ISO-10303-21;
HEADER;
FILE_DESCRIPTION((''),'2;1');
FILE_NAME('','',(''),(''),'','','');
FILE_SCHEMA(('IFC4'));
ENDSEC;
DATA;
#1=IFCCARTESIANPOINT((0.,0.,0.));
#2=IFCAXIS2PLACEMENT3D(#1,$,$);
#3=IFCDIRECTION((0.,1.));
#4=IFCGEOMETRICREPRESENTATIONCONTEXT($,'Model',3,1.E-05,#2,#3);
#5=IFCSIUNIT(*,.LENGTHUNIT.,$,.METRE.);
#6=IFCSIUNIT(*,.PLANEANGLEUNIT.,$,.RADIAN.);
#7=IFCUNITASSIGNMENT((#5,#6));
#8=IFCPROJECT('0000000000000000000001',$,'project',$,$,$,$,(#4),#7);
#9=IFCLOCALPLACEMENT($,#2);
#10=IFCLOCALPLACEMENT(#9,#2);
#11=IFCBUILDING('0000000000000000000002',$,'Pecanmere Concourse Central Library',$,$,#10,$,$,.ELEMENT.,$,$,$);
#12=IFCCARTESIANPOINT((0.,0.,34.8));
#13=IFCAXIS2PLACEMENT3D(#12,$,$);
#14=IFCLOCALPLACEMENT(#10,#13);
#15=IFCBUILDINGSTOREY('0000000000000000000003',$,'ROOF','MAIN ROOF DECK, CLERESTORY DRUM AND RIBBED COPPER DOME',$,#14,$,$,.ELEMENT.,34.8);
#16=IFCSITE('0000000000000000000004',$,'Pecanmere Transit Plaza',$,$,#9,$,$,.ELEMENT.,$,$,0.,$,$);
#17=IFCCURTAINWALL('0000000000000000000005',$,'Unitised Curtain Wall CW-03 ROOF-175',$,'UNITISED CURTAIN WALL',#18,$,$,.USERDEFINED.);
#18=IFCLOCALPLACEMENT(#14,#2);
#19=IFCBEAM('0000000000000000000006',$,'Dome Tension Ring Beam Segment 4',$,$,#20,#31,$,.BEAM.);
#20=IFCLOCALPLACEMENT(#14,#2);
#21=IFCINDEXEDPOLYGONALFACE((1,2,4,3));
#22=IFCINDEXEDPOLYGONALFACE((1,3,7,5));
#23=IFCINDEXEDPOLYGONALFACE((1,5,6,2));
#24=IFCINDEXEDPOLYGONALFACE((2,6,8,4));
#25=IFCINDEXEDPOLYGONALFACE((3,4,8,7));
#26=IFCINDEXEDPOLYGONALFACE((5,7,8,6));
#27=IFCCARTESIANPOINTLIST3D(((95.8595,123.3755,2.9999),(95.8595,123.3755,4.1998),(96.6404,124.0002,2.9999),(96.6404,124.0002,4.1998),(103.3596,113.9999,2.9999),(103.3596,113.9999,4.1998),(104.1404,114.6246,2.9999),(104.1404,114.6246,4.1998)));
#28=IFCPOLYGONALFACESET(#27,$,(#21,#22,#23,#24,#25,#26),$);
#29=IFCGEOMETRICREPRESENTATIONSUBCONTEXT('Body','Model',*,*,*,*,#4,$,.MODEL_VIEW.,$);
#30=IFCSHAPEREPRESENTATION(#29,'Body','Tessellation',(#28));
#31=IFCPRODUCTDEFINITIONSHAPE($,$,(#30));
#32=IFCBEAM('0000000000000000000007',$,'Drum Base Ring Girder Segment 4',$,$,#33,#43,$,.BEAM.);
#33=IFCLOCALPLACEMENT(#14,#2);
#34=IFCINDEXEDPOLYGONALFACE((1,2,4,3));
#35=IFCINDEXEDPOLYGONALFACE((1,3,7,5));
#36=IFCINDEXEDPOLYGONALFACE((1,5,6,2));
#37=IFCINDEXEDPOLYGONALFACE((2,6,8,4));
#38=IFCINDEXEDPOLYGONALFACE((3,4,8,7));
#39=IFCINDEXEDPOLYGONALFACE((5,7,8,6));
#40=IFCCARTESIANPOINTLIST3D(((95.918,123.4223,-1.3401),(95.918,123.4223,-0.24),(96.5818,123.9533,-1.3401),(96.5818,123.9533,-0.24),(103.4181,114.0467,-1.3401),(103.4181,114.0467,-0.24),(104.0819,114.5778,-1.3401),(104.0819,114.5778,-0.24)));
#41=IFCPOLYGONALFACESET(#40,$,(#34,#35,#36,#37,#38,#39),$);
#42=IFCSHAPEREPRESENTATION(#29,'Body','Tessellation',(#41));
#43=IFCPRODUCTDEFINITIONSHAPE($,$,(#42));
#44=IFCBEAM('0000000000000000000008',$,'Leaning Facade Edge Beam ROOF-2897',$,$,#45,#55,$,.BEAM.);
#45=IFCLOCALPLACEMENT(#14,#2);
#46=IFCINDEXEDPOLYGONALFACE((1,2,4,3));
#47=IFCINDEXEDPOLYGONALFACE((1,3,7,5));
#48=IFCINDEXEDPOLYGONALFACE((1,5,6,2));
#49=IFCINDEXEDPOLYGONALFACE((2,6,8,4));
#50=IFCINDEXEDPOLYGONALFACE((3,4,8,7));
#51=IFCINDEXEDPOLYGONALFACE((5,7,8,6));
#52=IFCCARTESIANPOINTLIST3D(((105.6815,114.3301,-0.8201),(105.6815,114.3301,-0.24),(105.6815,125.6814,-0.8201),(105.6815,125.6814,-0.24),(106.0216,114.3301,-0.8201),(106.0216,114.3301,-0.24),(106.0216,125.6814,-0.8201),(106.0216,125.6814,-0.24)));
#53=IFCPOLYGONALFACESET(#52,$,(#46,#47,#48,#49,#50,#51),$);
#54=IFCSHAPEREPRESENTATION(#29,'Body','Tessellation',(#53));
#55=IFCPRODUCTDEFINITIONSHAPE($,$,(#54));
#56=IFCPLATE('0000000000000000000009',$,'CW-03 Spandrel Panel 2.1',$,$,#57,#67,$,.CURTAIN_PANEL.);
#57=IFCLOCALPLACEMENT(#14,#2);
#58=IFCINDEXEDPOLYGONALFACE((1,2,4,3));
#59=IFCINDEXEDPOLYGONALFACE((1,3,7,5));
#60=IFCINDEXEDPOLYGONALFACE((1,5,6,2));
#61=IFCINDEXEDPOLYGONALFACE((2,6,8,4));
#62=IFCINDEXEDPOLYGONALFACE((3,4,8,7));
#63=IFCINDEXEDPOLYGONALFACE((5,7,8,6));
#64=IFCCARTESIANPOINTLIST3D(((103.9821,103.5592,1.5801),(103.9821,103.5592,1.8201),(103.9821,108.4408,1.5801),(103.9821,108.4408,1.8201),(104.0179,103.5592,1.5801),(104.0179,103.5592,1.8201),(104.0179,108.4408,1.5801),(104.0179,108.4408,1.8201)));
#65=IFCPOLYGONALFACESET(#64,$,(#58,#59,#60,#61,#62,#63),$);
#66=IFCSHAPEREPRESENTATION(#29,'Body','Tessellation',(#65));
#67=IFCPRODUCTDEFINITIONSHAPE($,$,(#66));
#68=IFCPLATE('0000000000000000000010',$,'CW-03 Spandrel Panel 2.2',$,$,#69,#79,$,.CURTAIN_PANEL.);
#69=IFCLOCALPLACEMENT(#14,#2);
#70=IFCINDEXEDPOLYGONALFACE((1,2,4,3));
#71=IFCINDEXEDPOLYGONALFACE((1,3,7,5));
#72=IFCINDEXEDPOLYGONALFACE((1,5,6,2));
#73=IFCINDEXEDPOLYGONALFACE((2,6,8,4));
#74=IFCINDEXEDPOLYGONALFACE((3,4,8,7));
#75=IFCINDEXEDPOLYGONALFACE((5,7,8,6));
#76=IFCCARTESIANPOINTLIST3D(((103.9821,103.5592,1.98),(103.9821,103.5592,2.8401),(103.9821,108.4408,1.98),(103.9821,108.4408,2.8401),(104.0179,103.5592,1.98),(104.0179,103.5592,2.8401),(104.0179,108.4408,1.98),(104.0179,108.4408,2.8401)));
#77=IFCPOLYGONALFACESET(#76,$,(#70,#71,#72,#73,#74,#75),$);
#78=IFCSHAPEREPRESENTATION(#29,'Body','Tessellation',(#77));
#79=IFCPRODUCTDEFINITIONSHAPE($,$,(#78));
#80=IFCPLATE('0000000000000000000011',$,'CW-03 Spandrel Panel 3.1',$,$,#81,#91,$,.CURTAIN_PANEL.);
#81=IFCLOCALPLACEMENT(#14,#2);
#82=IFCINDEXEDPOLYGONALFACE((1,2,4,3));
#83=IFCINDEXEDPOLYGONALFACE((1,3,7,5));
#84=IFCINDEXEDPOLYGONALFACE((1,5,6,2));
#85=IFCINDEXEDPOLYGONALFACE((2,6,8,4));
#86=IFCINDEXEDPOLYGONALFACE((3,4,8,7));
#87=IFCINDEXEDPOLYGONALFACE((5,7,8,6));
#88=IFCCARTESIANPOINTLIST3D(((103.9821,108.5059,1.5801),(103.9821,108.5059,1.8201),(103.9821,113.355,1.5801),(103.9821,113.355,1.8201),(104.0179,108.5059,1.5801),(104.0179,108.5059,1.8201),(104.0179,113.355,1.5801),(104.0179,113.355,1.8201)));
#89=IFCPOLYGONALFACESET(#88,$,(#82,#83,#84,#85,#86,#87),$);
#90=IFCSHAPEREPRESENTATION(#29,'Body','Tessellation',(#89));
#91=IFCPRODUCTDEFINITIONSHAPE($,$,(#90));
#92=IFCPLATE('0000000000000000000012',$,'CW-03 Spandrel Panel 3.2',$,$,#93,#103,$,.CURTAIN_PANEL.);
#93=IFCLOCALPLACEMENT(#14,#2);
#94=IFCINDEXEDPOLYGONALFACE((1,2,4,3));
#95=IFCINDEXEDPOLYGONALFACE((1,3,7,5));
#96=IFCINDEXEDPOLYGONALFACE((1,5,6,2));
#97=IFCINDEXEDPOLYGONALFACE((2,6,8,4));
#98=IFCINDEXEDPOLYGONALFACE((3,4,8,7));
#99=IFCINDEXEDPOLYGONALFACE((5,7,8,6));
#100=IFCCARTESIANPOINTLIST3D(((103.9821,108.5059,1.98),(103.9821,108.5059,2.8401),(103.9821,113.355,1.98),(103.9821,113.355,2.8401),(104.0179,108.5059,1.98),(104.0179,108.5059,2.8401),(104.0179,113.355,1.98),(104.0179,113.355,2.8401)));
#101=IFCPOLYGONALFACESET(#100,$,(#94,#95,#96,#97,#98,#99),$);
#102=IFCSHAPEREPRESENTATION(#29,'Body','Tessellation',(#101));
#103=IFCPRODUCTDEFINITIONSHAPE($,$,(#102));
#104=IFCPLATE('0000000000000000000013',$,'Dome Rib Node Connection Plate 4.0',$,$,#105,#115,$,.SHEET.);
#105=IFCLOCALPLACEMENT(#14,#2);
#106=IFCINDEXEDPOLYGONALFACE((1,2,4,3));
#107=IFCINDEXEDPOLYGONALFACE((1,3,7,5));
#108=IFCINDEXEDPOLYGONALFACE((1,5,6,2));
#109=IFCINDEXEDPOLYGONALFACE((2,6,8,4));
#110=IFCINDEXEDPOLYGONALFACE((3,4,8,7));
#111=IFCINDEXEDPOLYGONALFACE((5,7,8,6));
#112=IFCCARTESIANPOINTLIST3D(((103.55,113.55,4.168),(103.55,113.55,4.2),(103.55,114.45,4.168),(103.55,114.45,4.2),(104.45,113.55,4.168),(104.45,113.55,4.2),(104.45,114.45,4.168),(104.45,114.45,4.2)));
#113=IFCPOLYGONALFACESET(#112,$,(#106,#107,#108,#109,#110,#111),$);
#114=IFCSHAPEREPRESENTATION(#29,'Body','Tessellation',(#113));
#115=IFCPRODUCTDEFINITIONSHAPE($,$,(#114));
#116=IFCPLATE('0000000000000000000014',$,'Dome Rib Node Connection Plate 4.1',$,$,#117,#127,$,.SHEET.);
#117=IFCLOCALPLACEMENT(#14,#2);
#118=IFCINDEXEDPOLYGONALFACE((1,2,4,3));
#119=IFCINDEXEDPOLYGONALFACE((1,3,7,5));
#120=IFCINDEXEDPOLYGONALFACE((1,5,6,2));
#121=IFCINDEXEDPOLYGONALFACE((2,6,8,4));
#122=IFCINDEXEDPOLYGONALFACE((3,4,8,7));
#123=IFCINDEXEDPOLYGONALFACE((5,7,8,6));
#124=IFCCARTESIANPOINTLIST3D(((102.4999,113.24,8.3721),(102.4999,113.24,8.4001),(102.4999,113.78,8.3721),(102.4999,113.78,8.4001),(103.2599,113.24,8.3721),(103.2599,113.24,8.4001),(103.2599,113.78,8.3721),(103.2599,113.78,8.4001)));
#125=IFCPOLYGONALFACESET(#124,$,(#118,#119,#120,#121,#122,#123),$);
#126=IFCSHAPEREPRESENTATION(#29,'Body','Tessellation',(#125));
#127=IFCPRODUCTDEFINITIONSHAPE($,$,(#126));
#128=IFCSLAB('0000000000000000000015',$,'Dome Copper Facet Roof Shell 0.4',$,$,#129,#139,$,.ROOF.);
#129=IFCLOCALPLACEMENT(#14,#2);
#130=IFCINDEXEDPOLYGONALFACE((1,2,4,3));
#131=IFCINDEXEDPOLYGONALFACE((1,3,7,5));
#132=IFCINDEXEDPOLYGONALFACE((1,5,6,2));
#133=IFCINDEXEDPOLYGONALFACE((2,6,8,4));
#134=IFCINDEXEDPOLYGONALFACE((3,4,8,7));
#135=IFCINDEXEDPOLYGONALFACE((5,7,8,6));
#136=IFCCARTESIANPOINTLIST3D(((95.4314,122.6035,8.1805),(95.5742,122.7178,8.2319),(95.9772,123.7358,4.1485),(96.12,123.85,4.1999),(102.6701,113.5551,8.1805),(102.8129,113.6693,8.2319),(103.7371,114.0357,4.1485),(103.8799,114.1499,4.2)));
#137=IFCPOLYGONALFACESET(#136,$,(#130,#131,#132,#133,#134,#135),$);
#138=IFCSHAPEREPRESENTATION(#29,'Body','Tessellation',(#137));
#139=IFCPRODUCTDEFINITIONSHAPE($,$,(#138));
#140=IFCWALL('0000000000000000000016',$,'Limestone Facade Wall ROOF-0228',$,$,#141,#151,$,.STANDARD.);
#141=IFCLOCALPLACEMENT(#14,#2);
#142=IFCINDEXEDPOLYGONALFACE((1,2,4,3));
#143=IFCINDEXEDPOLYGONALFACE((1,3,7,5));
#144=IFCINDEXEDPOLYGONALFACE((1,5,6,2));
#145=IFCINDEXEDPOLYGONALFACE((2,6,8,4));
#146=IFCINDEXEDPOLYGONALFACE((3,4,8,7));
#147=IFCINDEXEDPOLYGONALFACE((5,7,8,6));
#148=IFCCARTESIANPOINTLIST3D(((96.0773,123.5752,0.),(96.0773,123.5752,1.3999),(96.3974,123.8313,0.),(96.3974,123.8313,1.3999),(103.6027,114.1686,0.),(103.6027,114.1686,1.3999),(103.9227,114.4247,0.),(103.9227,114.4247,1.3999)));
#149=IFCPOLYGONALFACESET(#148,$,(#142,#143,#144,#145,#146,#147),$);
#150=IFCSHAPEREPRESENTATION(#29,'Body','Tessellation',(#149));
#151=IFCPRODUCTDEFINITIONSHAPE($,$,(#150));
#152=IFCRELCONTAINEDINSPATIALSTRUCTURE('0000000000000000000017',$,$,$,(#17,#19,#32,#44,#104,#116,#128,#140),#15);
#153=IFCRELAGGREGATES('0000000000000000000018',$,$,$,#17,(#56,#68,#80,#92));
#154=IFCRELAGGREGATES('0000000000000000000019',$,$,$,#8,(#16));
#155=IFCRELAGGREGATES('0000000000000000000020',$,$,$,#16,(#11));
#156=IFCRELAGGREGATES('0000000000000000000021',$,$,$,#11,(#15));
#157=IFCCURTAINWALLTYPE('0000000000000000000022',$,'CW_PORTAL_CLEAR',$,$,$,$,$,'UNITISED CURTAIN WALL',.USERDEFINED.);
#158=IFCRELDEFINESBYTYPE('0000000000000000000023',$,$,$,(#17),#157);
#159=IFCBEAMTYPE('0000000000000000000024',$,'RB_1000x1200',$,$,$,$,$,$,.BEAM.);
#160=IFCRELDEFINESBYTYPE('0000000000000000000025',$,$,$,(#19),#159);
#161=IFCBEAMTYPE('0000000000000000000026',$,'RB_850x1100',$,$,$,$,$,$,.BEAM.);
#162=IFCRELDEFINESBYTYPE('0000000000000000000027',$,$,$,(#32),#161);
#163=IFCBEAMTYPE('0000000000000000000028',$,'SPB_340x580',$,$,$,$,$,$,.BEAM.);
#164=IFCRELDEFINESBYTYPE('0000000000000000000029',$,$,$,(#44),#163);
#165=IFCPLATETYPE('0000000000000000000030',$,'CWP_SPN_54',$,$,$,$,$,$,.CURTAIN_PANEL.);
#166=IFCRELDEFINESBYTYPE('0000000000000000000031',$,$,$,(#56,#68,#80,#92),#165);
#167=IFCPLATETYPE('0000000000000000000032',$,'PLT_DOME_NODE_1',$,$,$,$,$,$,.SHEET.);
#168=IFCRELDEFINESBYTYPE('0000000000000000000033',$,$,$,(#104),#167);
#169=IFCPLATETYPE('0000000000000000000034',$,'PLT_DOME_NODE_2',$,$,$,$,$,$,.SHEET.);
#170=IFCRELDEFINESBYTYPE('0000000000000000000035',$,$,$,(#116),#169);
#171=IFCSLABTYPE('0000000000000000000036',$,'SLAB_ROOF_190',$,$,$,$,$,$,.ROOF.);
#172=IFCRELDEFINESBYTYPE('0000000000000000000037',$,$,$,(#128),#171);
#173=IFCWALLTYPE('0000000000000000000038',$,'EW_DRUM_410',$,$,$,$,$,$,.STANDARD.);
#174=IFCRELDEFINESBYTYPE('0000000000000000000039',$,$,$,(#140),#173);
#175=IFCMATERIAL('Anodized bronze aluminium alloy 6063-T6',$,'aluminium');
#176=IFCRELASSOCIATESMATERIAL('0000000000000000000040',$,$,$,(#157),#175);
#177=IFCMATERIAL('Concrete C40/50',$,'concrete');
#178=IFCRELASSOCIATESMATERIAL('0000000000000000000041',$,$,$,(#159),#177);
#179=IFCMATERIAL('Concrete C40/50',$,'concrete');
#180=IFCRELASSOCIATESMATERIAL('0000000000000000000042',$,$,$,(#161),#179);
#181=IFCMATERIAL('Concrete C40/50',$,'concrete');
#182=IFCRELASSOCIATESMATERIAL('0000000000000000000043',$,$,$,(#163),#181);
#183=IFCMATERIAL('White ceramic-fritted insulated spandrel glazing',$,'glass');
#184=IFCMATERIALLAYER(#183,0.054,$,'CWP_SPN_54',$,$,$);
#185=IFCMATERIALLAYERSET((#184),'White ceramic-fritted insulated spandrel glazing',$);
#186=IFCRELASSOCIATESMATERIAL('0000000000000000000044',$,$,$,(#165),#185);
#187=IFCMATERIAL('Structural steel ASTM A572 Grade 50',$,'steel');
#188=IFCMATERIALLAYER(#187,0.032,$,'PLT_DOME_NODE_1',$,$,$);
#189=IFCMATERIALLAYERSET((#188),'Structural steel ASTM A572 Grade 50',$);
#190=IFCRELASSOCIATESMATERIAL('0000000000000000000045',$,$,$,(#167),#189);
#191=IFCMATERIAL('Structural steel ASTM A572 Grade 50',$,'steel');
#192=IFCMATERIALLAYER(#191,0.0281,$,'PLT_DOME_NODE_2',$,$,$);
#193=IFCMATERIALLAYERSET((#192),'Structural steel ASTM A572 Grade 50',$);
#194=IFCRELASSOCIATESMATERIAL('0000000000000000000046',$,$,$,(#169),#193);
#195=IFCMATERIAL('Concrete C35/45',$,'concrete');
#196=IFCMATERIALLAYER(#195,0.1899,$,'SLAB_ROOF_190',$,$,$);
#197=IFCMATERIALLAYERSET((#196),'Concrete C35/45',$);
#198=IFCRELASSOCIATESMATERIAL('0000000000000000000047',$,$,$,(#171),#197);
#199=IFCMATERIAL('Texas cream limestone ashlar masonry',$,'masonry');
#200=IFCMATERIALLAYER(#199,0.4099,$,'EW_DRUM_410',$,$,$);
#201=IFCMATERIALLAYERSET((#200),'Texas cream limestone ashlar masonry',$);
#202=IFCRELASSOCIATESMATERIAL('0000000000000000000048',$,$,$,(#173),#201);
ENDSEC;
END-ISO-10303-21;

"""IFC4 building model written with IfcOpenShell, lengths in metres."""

from ifc_helpers import new_model, si_unit, direction, frame, frame_2d, origin, origin_2d, place, context, subcontext, project, spatial, polyline, rectangle, outline, extrude, material, layer, layer_set, material_profile, profile_set, type_object, element, aggregate, save


model = new_model("IFC4")

# Units and contexts
model_context = context("Model", 3, precision=1e-05, world=origin(), true_north=direction((0.0, 1.0)))
body_context = subcontext(model_context, "Body", "Model", "MODEL_VIEW")
ifc_project = project(units=[si_unit("LENGTHUNIT", "METRE"), si_unit("PLANEANGLEUNIT", "RADIAN")], contexts=[model_context])

# Site, building, storey
site_placement = place(None, origin())
site = spatial("IfcSite", under=ifc_project, at=site_placement, Name="Pecanmere Transit Plaza", CompositionType="ELEMENT", RefElevation=0.0)
building_placement = place(site_placement, origin())
building = spatial("IfcBuilding", under=site, at=building_placement, Name="Pecanmere Concourse Central Library", CompositionType="ELEMENT")
storey_placement = place(building_placement, frame((0.0, 0.0, 34.8)))
storey = spatial("IfcBuildingStorey", under=building, at=storey_placement, Name="ROOF", Description="MAIN ROOF DECK, CLERESTORY DRUM AND RIBBED COPPER DOME", CompositionType="ELEMENT", Elevation=34.8)

# Curtain wall
ifc_material_1 = material(Name="Anodized bronze aluminium alloy 6063-T6", Category="aluminium")
curtain_wall_type = type_object("IfcCurtainWallType", Name="CW_PORTAL_CLEAR", ElementType="UNITISED CURTAIN WALL", PredefinedType="USERDEFINED", material=ifc_material_1)
curtain_wall_1_placement = place(storey_placement, origin())
curtain_wall_1 = element("IfcCurtainWall", 1, at=curtain_wall_1_placement, inside=storey, type_object=curtain_wall_type, Name="Unitised Curtain Wall CW-03 ROOF-175", ObjectType="UNITISED CURTAIN WALL", PredefinedType="USERDEFINED")

# Beams
ifc_material_2 = material(Name="Concrete C40/50", Category="concrete")
ifc_material_profile_1 = material_profile(ifc_material_2, rectangle(XDim=1.0, YDim=1.2, at=origin_2d()), Name="RC 1000x1200")
ifc_profile_set_1 = profile_set([ifc_material_profile_1], Name="Concrete C40/50")
beam_type_1 = type_object("IfcBeamType", Name="RB_1000x1200", PredefinedType="BEAM", material=ifc_profile_set_1)
beam_1_placement = place(storey_placement, frame((103.75, 114.3123, 3.5999), z_axis=(-0.624675, 0.780885, 0.0), x_axis=(-0.780885, -0.624675, 0.0)))
element("IfcBeam", 2, at=beam_1_placement, inside=storey, type_object=beam_type_1, Name="Dome Tension Ring Beam Segment 4", PredefinedType="BEAM", context=body_context, shape_type="SweptSolid", body=[
    extrude(rectangle(XDim=1.0, YDim=1.2, at=origin_2d()), origin(), (0.0, 0.0, 1.0), 12.0063),
])
ifc_material_3 = material(Name="Concrete C40/50", Category="concrete")
ifc_material_profile_2 = material_profile(ifc_material_3, rectangle(XDim=0.8501, YDim=1.1001, at=origin_2d()), Name="RC 850x1100")
ifc_profile_set_2 = profile_set([ifc_material_profile_2], Name="Concrete C40/50")
beam_type_2 = type_object("IfcBeamType", Name="RB_850x1100", PredefinedType="BEAM", material=ifc_profile_set_2)
beam_2_placement = place(storey_placement, frame((103.75, 114.3123, -0.79), z_axis=(-0.624675, 0.780885, 0.0), x_axis=(-0.780885, -0.624675, 0.0)))
element("IfcBeam", 3, at=beam_2_placement, inside=storey, type_object=beam_type_2, Name="Drum Base Ring Girder Segment 4", PredefinedType="BEAM", context=body_context, shape_type="SweptSolid", body=[
    extrude(rectangle(XDim=0.8501, YDim=1.1001, at=origin_2d()), origin(), (0.0, 0.0, 1.0), 12.0063),
])
ifc_material_4 = material(Name="Concrete C40/50", Category="concrete")
ifc_material_profile_3 = material_profile(ifc_material_4, rectangle(XDim=0.3401, YDim=0.5801, at=origin_2d()), Name="RC 340x580")
ifc_profile_set_3 = profile_set([ifc_material_profile_3], Name="Concrete C40/50")
beam_type_3 = type_object("IfcBeamType", Name="SPB_340x580", PredefinedType="BEAM", material=ifc_profile_set_3)
beam_3_placement = place(storey_placement, frame((105.8516, 114.3301, -0.53), z_axis=(0.0, 1.0, 0.0), x_axis=(-1.0, 0.0, 0.0)))
element("IfcBeam", 4, at=beam_3_placement, inside=storey, type_object=beam_type_3, Name="Leaning Facade Edge Beam ROOF-2897", PredefinedType="BEAM", context=body_context, shape_type="SweptSolid", body=[
    extrude(rectangle(XDim=0.3401, YDim=0.5801, at=origin_2d()), origin(), (0.0, 0.0, 1.0), 11.3513),
])

# Plates
ifc_material_5 = material(Name="White ceramic-fritted insulated spandrel glazing", Category="glass")
ifc_layer_1 = layer(ifc_material_5, 0.054, Name="CWP_SPN_54")
ifc_layer_set_1 = layer_set([ifc_layer_1], Name="White ceramic-fritted insulated spandrel glazing")
plate_type_1 = type_object("IfcPlateType", Name="CWP_SPN_54", PredefinedType="CURTAIN_PANEL", material=ifc_layer_set_1)
plate_1_placement = place(storey_placement, frame((104.0, 106.0, 1.5801), z_axis=(0.0, 0.0, 1.0), x_axis=(0.0, 1.0, 0.0)))
plate_1 = element("IfcPlate", 5, at=plate_1_placement, type_object=plate_type_1, Name="CW-03 Spandrel Panel 2.1", PredefinedType="CURTAIN_PANEL", context=body_context, shape_type="SweptSolid", body=[
    extrude(rectangle(XDim=4.8816, YDim=0.0359, at=origin_2d()), origin(), (0.0, 0.0, 1.0), 0.24),
])
plate_2_placement = place(storey_placement, frame((104.0, 106.0, 1.98), z_axis=(0.0, 0.0, 1.0), x_axis=(0.0, 1.0, 0.0)))
plate_2 = element("IfcPlate", 6, at=plate_2_placement, type_object=plate_type_1, Name="CW-03 Spandrel Panel 2.2", PredefinedType="CURTAIN_PANEL", context=body_context, shape_type="SweptSolid", body=[
    extrude(rectangle(XDim=4.8816, YDim=0.0359, at=origin_2d()), origin(), (0.0, 0.0, 1.0), 0.8601),
])
plate_3_placement = place(storey_placement, frame((104.0, 110.9304, 1.5801), z_axis=(0.0, 0.0, 1.0), x_axis=(0.0, 1.0, 0.0)))
plate_3 = element("IfcPlate", 7, at=plate_3_placement, type_object=plate_type_1, Name="CW-03 Spandrel Panel 3.1", PredefinedType="CURTAIN_PANEL", context=body_context, shape_type="SweptSolid", body=[
    extrude(rectangle(XDim=4.8491, YDim=0.0359, at=origin_2d()), origin(), (0.0, 0.0, 1.0), 0.24),
])
plate_4_placement = place(storey_placement, frame((104.0, 110.9304, 1.98), z_axis=(0.0, 0.0, 1.0), x_axis=(0.0, 1.0, 0.0)))
plate_4 = element("IfcPlate", 8, at=plate_4_placement, type_object=plate_type_1, Name="CW-03 Spandrel Panel 3.2", PredefinedType="CURTAIN_PANEL", context=body_context, shape_type="SweptSolid", body=[
    extrude(rectangle(XDim=4.8491, YDim=0.0359, at=origin_2d()), origin(), (0.0, 0.0, 1.0), 0.8601),
])
aggregate(curtain_wall_1, [plate_1, plate_2, plate_3, plate_4])

# Plates
ifc_material_6 = material(Name="Structural steel ASTM A572 Grade 50", Category="steel")
ifc_layer_2 = layer(ifc_material_6, 0.032, Name="PLT_DOME_NODE_1")
ifc_layer_set_2 = layer_set([ifc_layer_2], Name="Structural steel ASTM A572 Grade 50")
plate_type_2 = type_object("IfcPlateType", Name="PLT_DOME_NODE_1", PredefinedType="SHEET", material=ifc_layer_set_2)
plate_5_placement = place(storey_placement, frame((104.0, 114.0, 4.168), z_axis=(0.0, 0.0, 1.0), x_axis=(1.0, 0.0, 0.0)))
element("IfcPlate", 9, at=plate_5_placement, inside=storey, type_object=plate_type_2, Name="Dome Rib Node Connection Plate 4.0", PredefinedType="SHEET", context=body_context, shape_type="SweptSolid", body=[
    extrude(rectangle(XDim=0.8999, YDim=0.8999, at=origin_2d()), origin(), (0.0, 0.0, 1.0), 0.032),
])
ifc_material_7 = material(Name="Structural steel ASTM A572 Grade 50", Category="steel")
ifc_layer_3 = layer(ifc_material_7, 0.0281, Name="PLT_DOME_NODE_2")
ifc_layer_set_3 = layer_set([ifc_layer_3], Name="Structural steel ASTM A572 Grade 50")
plate_type_3 = type_object("IfcPlateType", Name="PLT_DOME_NODE_2", PredefinedType="SHEET", material=ifc_layer_set_3)
plate_6_placement = place(storey_placement, frame((102.8799, 113.51, 8.3721), z_axis=(0.0, 0.0, 1.0), x_axis=(1.0, 0.0, 0.0)))
element("IfcPlate", 10, at=plate_6_placement, inside=storey, type_object=plate_type_3, Name="Dome Rib Node Connection Plate 4.1", PredefinedType="SHEET", context=body_context, shape_type="SweptSolid", body=[
    extrude(rectangle(XDim=0.76, YDim=0.54, at=origin_2d()), origin(), (0.0, 0.0, 1.0), 0.0281),
])

# Slab
ifc_material_8 = material(Name="Concrete C35/45", Category="concrete")
ifc_layer_4 = layer(ifc_material_8, 0.1899, Name="SLAB_ROOF_190")
ifc_layer_set_4 = layer_set([ifc_layer_4], Name="Concrete C35/45")
slab_type = type_object("IfcSlabType", Name="SLAB_ROOF_190", PredefinedType="ROOF", material=ifc_layer_set_4)
slab_placement = place(storey_placement, frame((103.8799, 114.1499, 4.2), z_axis=(0.751737, 0.601378, 0.270623), x_axis=(-0.624687, 0.780875, -0.000004)))
element("IfcSlab", 11, at=slab_placement, inside=storey, type_object=slab_type, Name="Dome Copper Facet Roof Shell 0.4", PredefinedType="ROOF", context=body_context, shape_type="SweptSolid", body=[
    extrude(outline(polyline([(0.0, 0.0), (12.4221, 0.0), (11.8789, 4.1883), (0.2913, 4.1882), (0.0, 0.0)])), origin(), (0.0, 0.0, -1.0), 0.1899),
])

# Wall
ifc_material_9 = material(Name="Texas cream limestone ashlar masonry", Category="masonry")
ifc_layer_5 = layer(ifc_material_9, 0.4099, Name="EW_DRUM_410")
ifc_layer_set_5 = layer_set([ifc_layer_5], Name="Texas cream limestone ashlar masonry")
wall_type = type_object("IfcWallType", Name="EW_DRUM_410", PredefinedType="STANDARD", material=ifc_layer_set_5)
wall_placement = place(storey_placement, frame((103.7627, 114.2966, 0.0), z_axis=(0.0, 0.0, 1.0), x_axis=(-0.624695, 0.780869, 0.0)))
element("IfcWall", 12, at=wall_placement, inside=storey, type_object=wall_type, Name="Limestone Facade Wall ROOF-0228", PredefinedType="STANDARD", context=body_context, shape_type="SweptSolid", body=[
    extrude(rectangle(XDim=12.0464, YDim=0.4099, at=frame_2d((6.0232, 0.0))), origin(), (0.0, 0.0, 1.0), 1.3999),
])

save(model, "model.ifc")
